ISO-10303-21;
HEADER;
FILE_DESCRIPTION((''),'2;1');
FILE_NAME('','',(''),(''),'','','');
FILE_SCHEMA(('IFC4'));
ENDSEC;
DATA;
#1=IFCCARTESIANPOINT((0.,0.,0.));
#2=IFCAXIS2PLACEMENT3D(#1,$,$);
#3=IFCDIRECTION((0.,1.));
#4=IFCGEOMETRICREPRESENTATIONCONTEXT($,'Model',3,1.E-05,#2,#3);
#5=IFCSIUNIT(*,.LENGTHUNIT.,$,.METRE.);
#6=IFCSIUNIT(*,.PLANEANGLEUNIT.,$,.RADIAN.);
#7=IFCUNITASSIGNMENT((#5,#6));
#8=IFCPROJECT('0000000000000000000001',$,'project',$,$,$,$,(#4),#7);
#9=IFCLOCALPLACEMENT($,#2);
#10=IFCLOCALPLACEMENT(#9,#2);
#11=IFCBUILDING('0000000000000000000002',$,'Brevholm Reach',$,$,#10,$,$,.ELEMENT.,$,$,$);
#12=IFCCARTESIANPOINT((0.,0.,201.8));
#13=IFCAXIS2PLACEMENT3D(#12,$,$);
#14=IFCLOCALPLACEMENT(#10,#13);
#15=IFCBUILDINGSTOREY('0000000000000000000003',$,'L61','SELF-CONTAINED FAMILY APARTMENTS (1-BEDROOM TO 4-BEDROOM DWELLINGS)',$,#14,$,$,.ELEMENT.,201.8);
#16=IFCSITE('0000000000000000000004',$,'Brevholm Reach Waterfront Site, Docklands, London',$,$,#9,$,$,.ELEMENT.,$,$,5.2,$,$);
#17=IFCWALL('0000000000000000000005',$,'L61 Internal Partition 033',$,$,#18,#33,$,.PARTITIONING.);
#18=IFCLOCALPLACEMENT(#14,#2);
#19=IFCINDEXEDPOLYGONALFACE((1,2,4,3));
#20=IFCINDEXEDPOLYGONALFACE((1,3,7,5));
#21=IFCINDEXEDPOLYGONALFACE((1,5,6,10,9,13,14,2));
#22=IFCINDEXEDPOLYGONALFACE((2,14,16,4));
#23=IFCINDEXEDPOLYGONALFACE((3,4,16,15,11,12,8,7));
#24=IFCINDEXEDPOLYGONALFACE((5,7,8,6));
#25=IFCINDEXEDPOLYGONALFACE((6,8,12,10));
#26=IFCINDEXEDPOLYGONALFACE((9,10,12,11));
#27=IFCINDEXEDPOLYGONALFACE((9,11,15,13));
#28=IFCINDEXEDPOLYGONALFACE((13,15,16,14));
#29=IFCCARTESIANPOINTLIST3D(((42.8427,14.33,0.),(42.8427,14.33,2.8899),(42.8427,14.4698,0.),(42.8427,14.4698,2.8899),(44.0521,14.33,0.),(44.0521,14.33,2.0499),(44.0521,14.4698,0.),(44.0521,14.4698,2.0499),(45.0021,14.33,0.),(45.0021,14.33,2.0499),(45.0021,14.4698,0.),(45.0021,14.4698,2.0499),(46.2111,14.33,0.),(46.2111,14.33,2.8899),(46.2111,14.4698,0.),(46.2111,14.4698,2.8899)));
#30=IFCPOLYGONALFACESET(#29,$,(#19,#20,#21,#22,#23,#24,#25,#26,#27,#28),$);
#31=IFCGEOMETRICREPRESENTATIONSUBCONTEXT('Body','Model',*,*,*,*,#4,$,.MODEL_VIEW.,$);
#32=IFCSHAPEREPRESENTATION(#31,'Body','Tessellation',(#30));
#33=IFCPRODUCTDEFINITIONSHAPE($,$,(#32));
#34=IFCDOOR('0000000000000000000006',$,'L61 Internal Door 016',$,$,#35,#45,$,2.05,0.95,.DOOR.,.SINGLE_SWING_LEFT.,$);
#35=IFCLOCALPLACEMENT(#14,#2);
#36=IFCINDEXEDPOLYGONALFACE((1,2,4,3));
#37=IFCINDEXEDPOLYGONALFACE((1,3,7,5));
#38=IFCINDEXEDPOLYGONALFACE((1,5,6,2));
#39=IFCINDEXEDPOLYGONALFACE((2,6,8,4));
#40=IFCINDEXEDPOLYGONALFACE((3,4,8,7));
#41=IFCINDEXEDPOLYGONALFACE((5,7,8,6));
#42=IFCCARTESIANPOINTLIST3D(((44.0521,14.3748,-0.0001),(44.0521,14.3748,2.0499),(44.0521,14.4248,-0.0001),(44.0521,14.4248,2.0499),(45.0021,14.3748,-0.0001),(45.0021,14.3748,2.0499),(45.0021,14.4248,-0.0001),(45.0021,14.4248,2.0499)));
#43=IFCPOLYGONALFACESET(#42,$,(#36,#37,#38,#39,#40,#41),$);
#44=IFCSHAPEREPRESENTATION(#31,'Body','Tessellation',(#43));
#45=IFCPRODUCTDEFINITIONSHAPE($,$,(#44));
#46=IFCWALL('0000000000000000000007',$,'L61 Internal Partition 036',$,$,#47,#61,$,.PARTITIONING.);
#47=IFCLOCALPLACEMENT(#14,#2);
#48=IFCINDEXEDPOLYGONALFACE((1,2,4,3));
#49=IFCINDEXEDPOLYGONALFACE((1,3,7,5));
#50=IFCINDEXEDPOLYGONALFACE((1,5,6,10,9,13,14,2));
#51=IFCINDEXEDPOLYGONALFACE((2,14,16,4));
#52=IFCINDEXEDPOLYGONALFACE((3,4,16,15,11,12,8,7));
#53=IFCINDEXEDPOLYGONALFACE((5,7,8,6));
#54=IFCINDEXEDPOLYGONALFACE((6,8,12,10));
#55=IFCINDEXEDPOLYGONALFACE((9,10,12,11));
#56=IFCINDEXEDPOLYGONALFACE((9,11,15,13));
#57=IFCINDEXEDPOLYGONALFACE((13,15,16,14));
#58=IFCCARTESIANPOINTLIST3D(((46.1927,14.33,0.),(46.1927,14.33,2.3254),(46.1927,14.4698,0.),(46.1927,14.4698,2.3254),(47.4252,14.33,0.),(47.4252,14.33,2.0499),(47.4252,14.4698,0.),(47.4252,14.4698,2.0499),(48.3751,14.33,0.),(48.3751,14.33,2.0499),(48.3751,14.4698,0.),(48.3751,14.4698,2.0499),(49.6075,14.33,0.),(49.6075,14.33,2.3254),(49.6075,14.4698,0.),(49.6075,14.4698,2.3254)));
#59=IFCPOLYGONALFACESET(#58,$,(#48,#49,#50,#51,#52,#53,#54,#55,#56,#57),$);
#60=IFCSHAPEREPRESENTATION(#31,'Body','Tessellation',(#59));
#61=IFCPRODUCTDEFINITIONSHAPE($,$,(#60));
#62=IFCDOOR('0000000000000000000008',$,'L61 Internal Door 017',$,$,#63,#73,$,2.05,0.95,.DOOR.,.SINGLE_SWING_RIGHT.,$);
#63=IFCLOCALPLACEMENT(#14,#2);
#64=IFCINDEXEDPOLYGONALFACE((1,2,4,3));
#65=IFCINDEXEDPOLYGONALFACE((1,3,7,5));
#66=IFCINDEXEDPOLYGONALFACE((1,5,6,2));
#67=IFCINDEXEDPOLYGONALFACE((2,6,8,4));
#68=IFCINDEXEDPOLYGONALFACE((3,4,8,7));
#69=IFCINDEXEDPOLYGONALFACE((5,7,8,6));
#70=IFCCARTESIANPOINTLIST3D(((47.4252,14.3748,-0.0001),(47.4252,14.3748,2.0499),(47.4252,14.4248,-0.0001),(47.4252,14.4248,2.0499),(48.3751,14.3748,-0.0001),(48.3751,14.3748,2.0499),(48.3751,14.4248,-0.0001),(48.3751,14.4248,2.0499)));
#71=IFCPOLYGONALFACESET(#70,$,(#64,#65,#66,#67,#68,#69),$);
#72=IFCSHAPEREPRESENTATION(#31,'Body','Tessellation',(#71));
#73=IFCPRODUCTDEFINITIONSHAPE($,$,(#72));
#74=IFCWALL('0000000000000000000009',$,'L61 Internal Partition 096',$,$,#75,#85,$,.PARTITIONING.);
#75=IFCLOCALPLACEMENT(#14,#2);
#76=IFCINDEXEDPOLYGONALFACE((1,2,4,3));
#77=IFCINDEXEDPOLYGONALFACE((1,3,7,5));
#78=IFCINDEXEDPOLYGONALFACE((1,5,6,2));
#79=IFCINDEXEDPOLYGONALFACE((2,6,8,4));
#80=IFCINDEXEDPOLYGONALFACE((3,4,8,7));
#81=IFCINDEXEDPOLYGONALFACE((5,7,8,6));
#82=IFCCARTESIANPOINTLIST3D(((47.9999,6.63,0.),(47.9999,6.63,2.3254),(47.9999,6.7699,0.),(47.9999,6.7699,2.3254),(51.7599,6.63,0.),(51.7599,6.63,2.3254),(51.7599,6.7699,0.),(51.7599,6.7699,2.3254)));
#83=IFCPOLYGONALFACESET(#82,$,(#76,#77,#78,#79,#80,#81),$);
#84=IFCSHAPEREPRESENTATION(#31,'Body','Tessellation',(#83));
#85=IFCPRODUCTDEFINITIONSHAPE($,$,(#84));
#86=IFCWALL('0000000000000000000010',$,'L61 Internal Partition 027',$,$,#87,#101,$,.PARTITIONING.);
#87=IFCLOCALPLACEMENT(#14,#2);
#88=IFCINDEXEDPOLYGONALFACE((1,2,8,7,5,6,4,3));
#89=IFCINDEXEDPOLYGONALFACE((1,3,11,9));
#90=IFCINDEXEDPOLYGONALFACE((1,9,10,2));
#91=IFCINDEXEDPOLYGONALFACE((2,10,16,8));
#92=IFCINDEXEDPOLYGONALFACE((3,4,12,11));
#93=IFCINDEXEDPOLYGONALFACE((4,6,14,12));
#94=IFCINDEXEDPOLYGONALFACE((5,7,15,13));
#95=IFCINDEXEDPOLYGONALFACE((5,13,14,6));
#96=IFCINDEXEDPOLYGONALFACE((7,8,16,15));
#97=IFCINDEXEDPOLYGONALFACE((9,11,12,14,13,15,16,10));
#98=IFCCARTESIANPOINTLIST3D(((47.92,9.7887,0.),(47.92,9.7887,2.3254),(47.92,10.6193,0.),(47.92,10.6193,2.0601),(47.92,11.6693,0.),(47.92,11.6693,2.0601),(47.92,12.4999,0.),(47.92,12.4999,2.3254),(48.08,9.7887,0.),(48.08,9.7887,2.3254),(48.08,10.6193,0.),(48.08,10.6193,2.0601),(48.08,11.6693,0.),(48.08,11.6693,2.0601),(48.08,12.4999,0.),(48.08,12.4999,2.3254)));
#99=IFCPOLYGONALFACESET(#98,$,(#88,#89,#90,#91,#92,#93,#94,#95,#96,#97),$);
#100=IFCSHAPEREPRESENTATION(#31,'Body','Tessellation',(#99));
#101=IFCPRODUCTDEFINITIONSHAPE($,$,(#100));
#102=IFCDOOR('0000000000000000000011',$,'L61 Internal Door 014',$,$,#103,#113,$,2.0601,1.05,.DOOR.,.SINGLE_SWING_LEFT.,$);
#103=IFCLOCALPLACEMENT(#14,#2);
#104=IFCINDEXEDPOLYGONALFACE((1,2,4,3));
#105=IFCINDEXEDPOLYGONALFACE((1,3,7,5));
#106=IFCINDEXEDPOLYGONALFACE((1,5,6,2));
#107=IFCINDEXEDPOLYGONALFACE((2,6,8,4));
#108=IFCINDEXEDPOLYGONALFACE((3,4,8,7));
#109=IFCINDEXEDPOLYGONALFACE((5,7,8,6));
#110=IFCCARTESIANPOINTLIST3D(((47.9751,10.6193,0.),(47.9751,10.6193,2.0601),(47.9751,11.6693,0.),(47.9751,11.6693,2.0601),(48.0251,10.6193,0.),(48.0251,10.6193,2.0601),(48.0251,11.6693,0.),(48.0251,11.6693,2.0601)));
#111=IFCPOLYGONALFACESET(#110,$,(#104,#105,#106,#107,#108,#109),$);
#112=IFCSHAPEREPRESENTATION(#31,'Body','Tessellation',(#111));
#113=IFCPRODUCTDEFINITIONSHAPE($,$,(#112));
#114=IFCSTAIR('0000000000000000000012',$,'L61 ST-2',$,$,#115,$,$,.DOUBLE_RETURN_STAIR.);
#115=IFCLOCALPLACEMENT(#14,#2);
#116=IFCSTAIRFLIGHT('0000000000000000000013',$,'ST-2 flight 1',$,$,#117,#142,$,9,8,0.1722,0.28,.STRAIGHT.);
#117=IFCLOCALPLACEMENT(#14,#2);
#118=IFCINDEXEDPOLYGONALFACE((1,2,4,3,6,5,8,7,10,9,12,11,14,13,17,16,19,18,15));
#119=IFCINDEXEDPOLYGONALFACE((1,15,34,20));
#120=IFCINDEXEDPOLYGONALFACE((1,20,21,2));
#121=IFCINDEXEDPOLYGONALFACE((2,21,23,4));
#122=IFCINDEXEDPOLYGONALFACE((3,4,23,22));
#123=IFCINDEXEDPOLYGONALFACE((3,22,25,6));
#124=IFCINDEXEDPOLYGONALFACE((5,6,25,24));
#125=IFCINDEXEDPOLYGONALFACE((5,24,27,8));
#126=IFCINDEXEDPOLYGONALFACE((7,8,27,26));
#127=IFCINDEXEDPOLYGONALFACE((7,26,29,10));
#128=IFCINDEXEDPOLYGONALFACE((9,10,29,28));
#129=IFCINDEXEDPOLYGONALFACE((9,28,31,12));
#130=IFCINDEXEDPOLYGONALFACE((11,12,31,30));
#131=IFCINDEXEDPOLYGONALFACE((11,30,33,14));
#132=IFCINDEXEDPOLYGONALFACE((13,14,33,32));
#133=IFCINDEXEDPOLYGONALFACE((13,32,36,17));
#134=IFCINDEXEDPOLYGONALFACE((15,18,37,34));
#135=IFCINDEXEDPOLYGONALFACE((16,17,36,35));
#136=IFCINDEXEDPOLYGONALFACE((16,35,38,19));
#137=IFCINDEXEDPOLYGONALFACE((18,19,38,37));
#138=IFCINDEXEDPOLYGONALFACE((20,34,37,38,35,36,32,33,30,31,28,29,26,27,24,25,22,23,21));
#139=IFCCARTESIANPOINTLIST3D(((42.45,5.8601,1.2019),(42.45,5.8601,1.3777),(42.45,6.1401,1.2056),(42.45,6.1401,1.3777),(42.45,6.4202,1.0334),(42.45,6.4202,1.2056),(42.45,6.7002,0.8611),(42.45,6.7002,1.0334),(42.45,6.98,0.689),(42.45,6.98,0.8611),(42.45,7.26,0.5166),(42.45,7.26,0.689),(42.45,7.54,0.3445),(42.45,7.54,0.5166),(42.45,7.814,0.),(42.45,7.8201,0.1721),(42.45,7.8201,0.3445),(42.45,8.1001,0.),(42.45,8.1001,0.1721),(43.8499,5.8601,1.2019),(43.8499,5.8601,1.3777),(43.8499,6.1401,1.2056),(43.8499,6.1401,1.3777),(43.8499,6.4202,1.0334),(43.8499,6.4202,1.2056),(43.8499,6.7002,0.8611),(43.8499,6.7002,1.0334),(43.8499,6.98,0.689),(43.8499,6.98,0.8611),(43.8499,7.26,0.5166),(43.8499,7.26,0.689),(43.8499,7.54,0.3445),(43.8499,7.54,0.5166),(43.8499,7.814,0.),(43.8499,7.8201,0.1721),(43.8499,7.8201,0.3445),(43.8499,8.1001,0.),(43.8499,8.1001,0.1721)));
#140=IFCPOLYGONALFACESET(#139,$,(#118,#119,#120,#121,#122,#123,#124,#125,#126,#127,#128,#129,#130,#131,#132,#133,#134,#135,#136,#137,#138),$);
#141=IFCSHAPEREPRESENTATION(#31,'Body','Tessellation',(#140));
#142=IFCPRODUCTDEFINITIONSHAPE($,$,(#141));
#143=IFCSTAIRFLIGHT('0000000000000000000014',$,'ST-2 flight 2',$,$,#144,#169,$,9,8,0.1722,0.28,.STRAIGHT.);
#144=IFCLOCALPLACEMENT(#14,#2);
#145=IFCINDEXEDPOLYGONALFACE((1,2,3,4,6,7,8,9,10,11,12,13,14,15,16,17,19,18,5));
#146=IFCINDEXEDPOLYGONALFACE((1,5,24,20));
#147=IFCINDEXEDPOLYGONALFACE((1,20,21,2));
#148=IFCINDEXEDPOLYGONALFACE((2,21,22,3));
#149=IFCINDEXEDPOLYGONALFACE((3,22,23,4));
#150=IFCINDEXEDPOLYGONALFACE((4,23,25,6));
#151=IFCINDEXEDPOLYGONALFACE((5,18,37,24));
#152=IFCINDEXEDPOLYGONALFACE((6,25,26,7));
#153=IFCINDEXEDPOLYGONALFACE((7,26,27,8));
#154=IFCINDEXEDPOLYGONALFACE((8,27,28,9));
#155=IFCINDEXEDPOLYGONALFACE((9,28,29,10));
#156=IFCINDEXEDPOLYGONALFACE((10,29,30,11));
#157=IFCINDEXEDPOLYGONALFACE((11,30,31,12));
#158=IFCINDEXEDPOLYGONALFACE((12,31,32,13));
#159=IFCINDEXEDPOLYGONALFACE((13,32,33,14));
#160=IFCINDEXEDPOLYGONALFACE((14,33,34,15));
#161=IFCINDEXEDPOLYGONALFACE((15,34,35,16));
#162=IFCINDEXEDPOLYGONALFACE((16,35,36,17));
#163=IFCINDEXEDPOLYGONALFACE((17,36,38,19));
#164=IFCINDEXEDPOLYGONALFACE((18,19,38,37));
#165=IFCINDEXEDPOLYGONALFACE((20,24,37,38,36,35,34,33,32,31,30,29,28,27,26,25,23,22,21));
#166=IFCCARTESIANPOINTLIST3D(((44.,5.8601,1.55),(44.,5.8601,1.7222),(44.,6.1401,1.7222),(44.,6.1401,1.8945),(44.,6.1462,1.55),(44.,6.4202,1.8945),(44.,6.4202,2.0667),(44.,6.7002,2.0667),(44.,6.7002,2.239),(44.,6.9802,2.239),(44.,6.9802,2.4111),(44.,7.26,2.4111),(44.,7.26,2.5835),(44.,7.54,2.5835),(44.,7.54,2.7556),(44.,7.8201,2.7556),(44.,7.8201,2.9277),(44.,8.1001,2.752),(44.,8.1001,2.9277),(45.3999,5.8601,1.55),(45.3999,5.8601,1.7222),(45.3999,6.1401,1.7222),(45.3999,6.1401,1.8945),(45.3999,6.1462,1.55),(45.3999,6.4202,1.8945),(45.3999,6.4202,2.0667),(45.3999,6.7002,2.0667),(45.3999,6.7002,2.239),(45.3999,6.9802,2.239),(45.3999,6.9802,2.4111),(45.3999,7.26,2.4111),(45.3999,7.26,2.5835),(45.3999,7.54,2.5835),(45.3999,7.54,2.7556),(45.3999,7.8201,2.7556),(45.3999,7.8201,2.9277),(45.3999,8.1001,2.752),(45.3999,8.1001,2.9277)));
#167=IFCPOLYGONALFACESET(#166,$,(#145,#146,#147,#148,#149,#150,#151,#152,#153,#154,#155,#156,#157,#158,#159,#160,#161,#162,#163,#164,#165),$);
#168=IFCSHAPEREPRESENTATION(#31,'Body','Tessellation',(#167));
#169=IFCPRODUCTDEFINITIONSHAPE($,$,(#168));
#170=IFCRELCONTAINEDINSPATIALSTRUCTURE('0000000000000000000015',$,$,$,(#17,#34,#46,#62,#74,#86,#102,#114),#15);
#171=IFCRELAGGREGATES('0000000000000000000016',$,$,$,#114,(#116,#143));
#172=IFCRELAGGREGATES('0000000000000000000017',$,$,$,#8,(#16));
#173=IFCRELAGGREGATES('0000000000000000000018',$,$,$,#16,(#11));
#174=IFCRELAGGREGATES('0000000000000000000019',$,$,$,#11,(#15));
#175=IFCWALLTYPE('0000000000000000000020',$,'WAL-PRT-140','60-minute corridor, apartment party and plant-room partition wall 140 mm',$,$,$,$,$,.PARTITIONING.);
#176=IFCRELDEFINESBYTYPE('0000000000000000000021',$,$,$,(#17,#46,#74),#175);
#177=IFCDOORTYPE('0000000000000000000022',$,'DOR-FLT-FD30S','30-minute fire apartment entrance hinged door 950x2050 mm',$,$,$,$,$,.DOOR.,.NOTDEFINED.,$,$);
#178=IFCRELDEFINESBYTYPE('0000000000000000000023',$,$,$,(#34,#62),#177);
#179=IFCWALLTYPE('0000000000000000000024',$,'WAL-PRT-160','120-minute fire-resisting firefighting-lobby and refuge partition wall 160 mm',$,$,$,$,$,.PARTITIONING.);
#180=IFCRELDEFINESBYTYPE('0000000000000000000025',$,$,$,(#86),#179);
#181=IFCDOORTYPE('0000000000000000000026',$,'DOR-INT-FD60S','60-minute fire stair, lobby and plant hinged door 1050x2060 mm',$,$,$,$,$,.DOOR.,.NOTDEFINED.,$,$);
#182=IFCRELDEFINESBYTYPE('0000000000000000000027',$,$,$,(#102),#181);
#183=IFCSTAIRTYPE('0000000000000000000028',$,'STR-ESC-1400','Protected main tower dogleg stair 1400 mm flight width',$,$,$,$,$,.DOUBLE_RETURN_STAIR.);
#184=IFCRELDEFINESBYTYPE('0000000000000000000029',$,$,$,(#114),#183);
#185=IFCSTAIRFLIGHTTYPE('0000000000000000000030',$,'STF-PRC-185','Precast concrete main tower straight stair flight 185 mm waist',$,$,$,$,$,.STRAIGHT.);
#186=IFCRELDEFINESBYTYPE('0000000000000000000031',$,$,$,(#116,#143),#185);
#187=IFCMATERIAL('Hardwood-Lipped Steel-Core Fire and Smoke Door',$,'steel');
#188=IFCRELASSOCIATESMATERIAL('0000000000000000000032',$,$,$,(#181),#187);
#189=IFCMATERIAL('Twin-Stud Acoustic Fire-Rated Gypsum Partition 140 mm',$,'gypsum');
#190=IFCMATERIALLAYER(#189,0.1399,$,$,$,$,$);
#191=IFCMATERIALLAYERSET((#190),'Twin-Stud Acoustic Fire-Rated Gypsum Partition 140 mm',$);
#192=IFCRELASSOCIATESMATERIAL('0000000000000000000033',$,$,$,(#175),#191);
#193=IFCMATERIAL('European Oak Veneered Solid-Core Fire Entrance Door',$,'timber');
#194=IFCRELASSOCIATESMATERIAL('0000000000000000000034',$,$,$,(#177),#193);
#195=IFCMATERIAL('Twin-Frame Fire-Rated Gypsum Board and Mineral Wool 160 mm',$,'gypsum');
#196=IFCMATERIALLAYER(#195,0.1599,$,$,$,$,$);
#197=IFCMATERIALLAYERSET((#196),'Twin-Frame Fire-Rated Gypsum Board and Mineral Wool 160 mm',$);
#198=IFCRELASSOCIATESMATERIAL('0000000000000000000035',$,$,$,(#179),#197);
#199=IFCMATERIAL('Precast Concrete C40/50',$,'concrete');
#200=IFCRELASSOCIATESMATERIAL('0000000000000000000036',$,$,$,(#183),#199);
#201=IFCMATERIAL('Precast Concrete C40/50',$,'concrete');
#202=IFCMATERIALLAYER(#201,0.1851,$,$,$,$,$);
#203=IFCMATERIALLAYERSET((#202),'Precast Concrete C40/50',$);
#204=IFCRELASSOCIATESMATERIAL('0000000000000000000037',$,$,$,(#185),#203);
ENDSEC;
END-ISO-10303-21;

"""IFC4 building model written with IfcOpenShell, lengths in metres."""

from ifc_helpers import new_model, si_unit, direction, frame, frame_2d, origin, place, context, subcontext, project, spatial, polyline, rectangle, outline, extrude, material, layer, layer_set, type_object, element, fill, aggregate, save


model = new_model("IFC4")

# Units and contexts
model_context = context("Model", 3, precision=1e-05, world=origin(), true_north=direction((0.0, 1.0)))
body_context = subcontext(model_context, "Body", "Model", "MODEL_VIEW")
ifc_project = project(units=[si_unit("LENGTHUNIT", "METRE"), si_unit("PLANEANGLEUNIT", "RADIAN")], contexts=[model_context])

# Site, building, storey
site_placement = place(None, origin())
site = spatial("IfcSite", under=ifc_project, at=site_placement, Name="Brevholm Reach Waterfront Site, Docklands, London", CompositionType="ELEMENT", RefElevation=5.2)
building_placement = place(site_placement, origin())
building = spatial("IfcBuilding", under=site, at=building_placement, Name="Brevholm Reach", CompositionType="ELEMENT")
storey_placement = place(building_placement, frame((0.0, 0.0, 201.8)))
storey = spatial("IfcBuildingStorey", under=building, at=storey_placement, Name="L61", Description="SELF-CONTAINED FAMILY APARTMENTS (1-BEDROOM TO 4-BEDROOM DWELLINGS)", CompositionType="ELEMENT", Elevation=201.8)

# Shared definitions
ifc_material_1 = material(Name="Hardwood-Lipped Steel-Core Fire and Smoke Door", Category="steel")
door_type_1 = type_object("IfcDoorType", Name="DOR-INT-FD60S", Description="60-minute fire stair, lobby and plant hinged door 1050x2060 mm", OperationType="NOTDEFINED", PredefinedType="DOOR", material=ifc_material_1)

# Walls, openings, doors
ifc_material_2 = material(Name="Twin-Stud Acoustic Fire-Rated Gypsum Partition 140 mm", Category="gypsum")
ifc_layer_1 = layer(ifc_material_2, 0.1399)
ifc_layer_set_1 = layer_set([ifc_layer_1], Name="Twin-Stud Acoustic Fire-Rated Gypsum Partition 140 mm")
wall_type_1 = type_object("IfcWallType", Name="WAL-PRT-140", Description="60-minute corridor, apartment party and plant-room partition wall 140 mm", PredefinedType="PARTITIONING", material=ifc_layer_set_1)
ifc_material_3 = material(Name="European Oak Veneered Solid-Core Fire Entrance Door", Category="timber")
door_type_2 = type_object("IfcDoorType", Name="DOR-FLT-FD30S", Description="30-minute fire apartment entrance hinged door 950x2050 mm", OperationType="NOTDEFINED", PredefinedType="DOOR", material=ifc_material_3)
wall_1_placement = place(storey_placement, frame((42.8428, 14.3999, 0.0), z_axis=(0.0, 0.0, 1.0), x_axis=(1.0, 0.0, 0.0)))
wall_1 = element("IfcWall", 1, at=wall_1_placement, inside=storey, type_object=wall_type_1, Name="L61 Internal Partition 033", PredefinedType="PARTITIONING", context=body_context, shape_type="SweptSolid", body=[
    extrude(rectangle(XDim=3.3684, YDim=0.1399, at=frame_2d((1.6841, 0.0))), origin(), (0.0, 0.0, 1.0), 2.8899),
])
opening_1_placement = place(wall_1_placement, frame((1.2092, 0.0, 0.0)))
opening_1 = element("IfcOpeningElement", 2, at=opening_1_placement, cuts=wall_1, PredefinedType="OPENING", context=body_context, shape_type="SweptSolid", body=[
    extrude(rectangle(XDim=0.95, YDim=2.05, at=frame_2d((0.4751, 1.0249))), frame((0.0, 0.0798, 0.0), z_axis=(0.0, -1.0, 0.0), x_axis=(1.0, 0.0, 0.0)), (0.0, 0.0, 1.0), 0.1599),
])
door_1_placement = place(opening_1_placement, origin())
door_1 = element("IfcDoor", 3, at=door_1_placement, inside=storey, type_object=door_type_2, Name="L61 Internal Door 016", OperationType="SINGLE_SWING_LEFT", OverallHeight=2.05, OverallWidth=0.95, PredefinedType="DOOR", context=body_context, shape_type="SweptSolid", body=[
    extrude(rectangle(XDim=0.95, YDim=2.05, at=frame_2d((0.4751, 1.0249))), frame((0.0, 0.0249, 0.0), z_axis=(0.0, -1.0, 0.0), x_axis=(1.0, 0.0, 0.0)), (0.0, 0.0, 1.0), 0.05),
])
fill(opening_1, door_1)
wall_2_placement = place(storey_placement, frame((46.1926, 14.3999, 0.0), z_axis=(0.0, 0.0, 1.0), x_axis=(1.0, 0.0, 0.0)))
wall_2 = element("IfcWall", 4, at=wall_2_placement, inside=storey, type_object=wall_type_1, Name="L61 Internal Partition 036", PredefinedType="PARTITIONING", context=body_context, shape_type="SweptSolid", body=[
    extrude(rectangle(XDim=3.4148, YDim=0.1399, at=frame_2d((1.7075, 0.0))), origin(), (0.0, 0.0, 1.0), 2.3254),
])
opening_2_placement = place(wall_2_placement, frame((1.2324, 0.0, 0.0)))
opening_2 = element("IfcOpeningElement", 5, at=opening_2_placement, cuts=wall_2, PredefinedType="OPENING", context=body_context, shape_type="SweptSolid", body=[
    extrude(rectangle(XDim=0.95, YDim=2.05, at=frame_2d((0.4751, 1.0249))), frame((0.0, 0.0798, 0.0), z_axis=(0.0, -1.0, 0.0), x_axis=(1.0, 0.0, 0.0)), (0.0, 0.0, 1.0), 0.1599),
])
door_2_placement = place(opening_2_placement, origin())
door_2 = element("IfcDoor", 6, at=door_2_placement, inside=storey, type_object=door_type_2, Name="L61 Internal Door 017", OperationType="SINGLE_SWING_RIGHT", OverallHeight=2.05, OverallWidth=0.95, PredefinedType="DOOR", context=body_context, shape_type="SweptSolid", body=[
    extrude(rectangle(XDim=0.95, YDim=2.05, at=frame_2d((0.4751, 1.0249))), frame((0.0, 0.0249, 0.0), z_axis=(0.0, -1.0, 0.0), x_axis=(1.0, 0.0, 0.0)), (0.0, 0.0, 1.0), 0.05),
])
fill(opening_2, door_2)

# Wall
wall_3_placement = place(storey_placement, frame((48.0, 6.7, 0.0), z_axis=(0.0, 0.0, 1.0), x_axis=(1.0, 0.0, 0.0)))
element("IfcWall", 7, at=wall_3_placement, inside=storey, type_object=wall_type_1, Name="L61 Internal Partition 096", PredefinedType="PARTITIONING", context=body_context, shape_type="SweptSolid", body=[
    extrude(rectangle(XDim=3.76, YDim=0.1399, at=frame_2d((1.8799, 0.0))), origin(), (0.0, 0.0, 1.0), 2.3254),
])

# Wall, opening, door
ifc_material_4 = material(Name="Twin-Frame Fire-Rated Gypsum Board and Mineral Wool 160 mm", Category="gypsum")
ifc_layer_2 = layer(ifc_material_4, 0.1599)
ifc_layer_set_2 = layer_set([ifc_layer_2], Name="Twin-Frame Fire-Rated Gypsum Board and Mineral Wool 160 mm")
wall_type_2 = type_object("IfcWallType", Name="WAL-PRT-160", Description="120-minute fire-resisting firefighting-lobby and refuge partition wall 160 mm", PredefinedType="PARTITIONING", material=ifc_layer_set_2)
wall_4_placement = place(storey_placement, frame((48.0, 9.7888, 0.0), z_axis=(0.0, 0.0, 1.0), x_axis=(0.0, 1.0, 0.0)))
wall_4 = element("IfcWall", 8, at=wall_4_placement, inside=storey, type_object=wall_type_2, Name="L61 Internal Partition 027", PredefinedType="PARTITIONING", context=body_context, shape_type="SweptSolid", body=[
    extrude(rectangle(XDim=2.7112, YDim=0.1599, at=frame_2d((1.3555, 0.0))), origin(), (0.0, 0.0, 1.0), 2.3254),
])
opening_3_placement = place(wall_4_placement, frame((0.8306, 0.0, 0.0)))
opening_3 = element("IfcOpeningElement", 9, at=opening_3_placement, cuts=wall_4, PredefinedType="OPENING", context=body_context, shape_type="SweptSolid", body=[
    extrude(rectangle(XDim=1.05, YDim=2.0601, at=frame_2d((0.5249, 1.03))), frame((0.0, 0.0898, 0.0), z_axis=(0.0, -1.0, 0.0), x_axis=(1.0, 0.0, 0.0)), (0.0, 0.0, 1.0), 0.1799),
])
door_3_placement = place(opening_3_placement, origin())
door_3 = element("IfcDoor", 10, at=door_3_placement, inside=storey, type_object=door_type_1, Name="L61 Internal Door 014", OperationType="SINGLE_SWING_LEFT", OverallHeight=2.0601, OverallWidth=1.05, PredefinedType="DOOR", context=body_context, shape_type="SweptSolid", body=[
    extrude(rectangle(XDim=1.05, YDim=2.0601, at=frame_2d((0.5249, 1.03))), frame((0.0, 0.0249, 0.0), z_axis=(0.0, -1.0, 0.0), x_axis=(1.0, 0.0, 0.0)), (0.0, 0.0, 1.0), 0.05),
])
fill(opening_3, door_3)

# Stair, stair flights
ifc_material_5 = material(Name="Precast Concrete C40/50", Category="concrete")
stair_type = type_object("IfcStairType", Name="STR-ESC-1400", Description="Protected main tower dogleg stair 1400 mm flight width", PredefinedType="DOUBLE_RETURN_STAIR", material=ifc_material_5)
stair_placement = place(storey_placement, origin())
stair = element("IfcStair", 11, at=stair_placement, inside=storey, type_object=stair_type, Name="L61 ST-2", PredefinedType="DOUBLE_RETURN_STAIR")
ifc_material_6 = material(Name="Precast Concrete C40/50", Category="concrete")
ifc_layer_3 = layer(ifc_material_6, 0.1851)
ifc_layer_set_3 = layer_set([ifc_layer_3], Name="Precast Concrete C40/50")
stair_flight_type = type_object("IfcStairFlightType", Name="STF-PRC-185", Description="Precast concrete main tower straight stair flight 185 mm waist", PredefinedType="STRAIGHT", material=ifc_layer_set_3)
stair_flight_1_placement = place(storey_placement, frame((43.1499, 8.1001, 0.0), z_axis=(0.0, 0.0, 1.0), x_axis=(0.0, -1.0, 0.0)))
stair_flight_1 = element("IfcStairFlight", 12, at=stair_flight_1_placement, type_object=stair_flight_type, Name="ST-2 flight 1", NumberOfRisers=9, NumberOfTreads=8, PredefinedType="STRAIGHT", RiserHeight=0.1722, TreadLength=0.28, context=body_context, shape_type="SweptSolid", body=[
    extrude(outline(polyline([(0.0, 0.0), (0.0, 0.1721), (0.28, 0.1721), (0.28, 0.3445), (0.5601, 0.3445), (0.5601, 0.5166), (0.8401, 0.5166), (0.8401, 0.689), (1.1201, 0.689), (1.1201, 0.8611), (1.3999, 0.8611), (1.3999, 1.0334), (1.6799, 1.0334), (1.6799, 1.2056), (1.96, 1.2056), (1.96, 1.3777), (2.24, 1.3777), (2.24, 1.55), (2.24, 1.2019), (0.2861, 0.0), (0.0, 0.0)])), frame((0.0, 0.7, 0.0), z_axis=(0.0, -1.0, 0.0), x_axis=(1.0, 0.0, 0.0)), (0.0, 0.0, 1.0), 1.3999),
])
stair_flight_2_placement = place(storey_placement, frame((44.7, 5.8601, 1.55), z_axis=(0.0, 0.0, 1.0), x_axis=(0.0, 1.0, 0.0)))
stair_flight_2 = element("IfcStairFlight", 13, at=stair_flight_2_placement, type_object=stair_flight_type, Name="ST-2 flight 2", NumberOfRisers=9, NumberOfTreads=8, PredefinedType="STRAIGHT", RiserHeight=0.1722, TreadLength=0.28, context=body_context, shape_type="SweptSolid", body=[
    extrude(outline(polyline([(0.0, 0.0), (0.0, 0.1721), (0.28, 0.1721), (0.28, 0.3445), (0.5601, 0.3445), (0.5601, 0.5166), (0.8401, 0.5166), (0.8401, 0.689), (1.1201, 0.689), (1.1201, 0.8611), (1.3999, 0.8611), (1.3999, 1.0334), (1.6799, 1.0334), (1.6799, 1.2056), (1.96, 1.2056), (1.96, 1.3777), (2.24, 1.3777), (2.24, 1.55), (2.24, 1.2019), (0.2861, 0.0), (0.0, 0.0)])), frame((0.0, 0.7, 0.0), z_axis=(0.0, -1.0, 0.0), x_axis=(1.0, 0.0, 0.0)), (0.0, 0.0, 1.0), 1.3999),
])
aggregate(stair, [stair_flight_1, stair_flight_2])

save(model, "model.ifc")
